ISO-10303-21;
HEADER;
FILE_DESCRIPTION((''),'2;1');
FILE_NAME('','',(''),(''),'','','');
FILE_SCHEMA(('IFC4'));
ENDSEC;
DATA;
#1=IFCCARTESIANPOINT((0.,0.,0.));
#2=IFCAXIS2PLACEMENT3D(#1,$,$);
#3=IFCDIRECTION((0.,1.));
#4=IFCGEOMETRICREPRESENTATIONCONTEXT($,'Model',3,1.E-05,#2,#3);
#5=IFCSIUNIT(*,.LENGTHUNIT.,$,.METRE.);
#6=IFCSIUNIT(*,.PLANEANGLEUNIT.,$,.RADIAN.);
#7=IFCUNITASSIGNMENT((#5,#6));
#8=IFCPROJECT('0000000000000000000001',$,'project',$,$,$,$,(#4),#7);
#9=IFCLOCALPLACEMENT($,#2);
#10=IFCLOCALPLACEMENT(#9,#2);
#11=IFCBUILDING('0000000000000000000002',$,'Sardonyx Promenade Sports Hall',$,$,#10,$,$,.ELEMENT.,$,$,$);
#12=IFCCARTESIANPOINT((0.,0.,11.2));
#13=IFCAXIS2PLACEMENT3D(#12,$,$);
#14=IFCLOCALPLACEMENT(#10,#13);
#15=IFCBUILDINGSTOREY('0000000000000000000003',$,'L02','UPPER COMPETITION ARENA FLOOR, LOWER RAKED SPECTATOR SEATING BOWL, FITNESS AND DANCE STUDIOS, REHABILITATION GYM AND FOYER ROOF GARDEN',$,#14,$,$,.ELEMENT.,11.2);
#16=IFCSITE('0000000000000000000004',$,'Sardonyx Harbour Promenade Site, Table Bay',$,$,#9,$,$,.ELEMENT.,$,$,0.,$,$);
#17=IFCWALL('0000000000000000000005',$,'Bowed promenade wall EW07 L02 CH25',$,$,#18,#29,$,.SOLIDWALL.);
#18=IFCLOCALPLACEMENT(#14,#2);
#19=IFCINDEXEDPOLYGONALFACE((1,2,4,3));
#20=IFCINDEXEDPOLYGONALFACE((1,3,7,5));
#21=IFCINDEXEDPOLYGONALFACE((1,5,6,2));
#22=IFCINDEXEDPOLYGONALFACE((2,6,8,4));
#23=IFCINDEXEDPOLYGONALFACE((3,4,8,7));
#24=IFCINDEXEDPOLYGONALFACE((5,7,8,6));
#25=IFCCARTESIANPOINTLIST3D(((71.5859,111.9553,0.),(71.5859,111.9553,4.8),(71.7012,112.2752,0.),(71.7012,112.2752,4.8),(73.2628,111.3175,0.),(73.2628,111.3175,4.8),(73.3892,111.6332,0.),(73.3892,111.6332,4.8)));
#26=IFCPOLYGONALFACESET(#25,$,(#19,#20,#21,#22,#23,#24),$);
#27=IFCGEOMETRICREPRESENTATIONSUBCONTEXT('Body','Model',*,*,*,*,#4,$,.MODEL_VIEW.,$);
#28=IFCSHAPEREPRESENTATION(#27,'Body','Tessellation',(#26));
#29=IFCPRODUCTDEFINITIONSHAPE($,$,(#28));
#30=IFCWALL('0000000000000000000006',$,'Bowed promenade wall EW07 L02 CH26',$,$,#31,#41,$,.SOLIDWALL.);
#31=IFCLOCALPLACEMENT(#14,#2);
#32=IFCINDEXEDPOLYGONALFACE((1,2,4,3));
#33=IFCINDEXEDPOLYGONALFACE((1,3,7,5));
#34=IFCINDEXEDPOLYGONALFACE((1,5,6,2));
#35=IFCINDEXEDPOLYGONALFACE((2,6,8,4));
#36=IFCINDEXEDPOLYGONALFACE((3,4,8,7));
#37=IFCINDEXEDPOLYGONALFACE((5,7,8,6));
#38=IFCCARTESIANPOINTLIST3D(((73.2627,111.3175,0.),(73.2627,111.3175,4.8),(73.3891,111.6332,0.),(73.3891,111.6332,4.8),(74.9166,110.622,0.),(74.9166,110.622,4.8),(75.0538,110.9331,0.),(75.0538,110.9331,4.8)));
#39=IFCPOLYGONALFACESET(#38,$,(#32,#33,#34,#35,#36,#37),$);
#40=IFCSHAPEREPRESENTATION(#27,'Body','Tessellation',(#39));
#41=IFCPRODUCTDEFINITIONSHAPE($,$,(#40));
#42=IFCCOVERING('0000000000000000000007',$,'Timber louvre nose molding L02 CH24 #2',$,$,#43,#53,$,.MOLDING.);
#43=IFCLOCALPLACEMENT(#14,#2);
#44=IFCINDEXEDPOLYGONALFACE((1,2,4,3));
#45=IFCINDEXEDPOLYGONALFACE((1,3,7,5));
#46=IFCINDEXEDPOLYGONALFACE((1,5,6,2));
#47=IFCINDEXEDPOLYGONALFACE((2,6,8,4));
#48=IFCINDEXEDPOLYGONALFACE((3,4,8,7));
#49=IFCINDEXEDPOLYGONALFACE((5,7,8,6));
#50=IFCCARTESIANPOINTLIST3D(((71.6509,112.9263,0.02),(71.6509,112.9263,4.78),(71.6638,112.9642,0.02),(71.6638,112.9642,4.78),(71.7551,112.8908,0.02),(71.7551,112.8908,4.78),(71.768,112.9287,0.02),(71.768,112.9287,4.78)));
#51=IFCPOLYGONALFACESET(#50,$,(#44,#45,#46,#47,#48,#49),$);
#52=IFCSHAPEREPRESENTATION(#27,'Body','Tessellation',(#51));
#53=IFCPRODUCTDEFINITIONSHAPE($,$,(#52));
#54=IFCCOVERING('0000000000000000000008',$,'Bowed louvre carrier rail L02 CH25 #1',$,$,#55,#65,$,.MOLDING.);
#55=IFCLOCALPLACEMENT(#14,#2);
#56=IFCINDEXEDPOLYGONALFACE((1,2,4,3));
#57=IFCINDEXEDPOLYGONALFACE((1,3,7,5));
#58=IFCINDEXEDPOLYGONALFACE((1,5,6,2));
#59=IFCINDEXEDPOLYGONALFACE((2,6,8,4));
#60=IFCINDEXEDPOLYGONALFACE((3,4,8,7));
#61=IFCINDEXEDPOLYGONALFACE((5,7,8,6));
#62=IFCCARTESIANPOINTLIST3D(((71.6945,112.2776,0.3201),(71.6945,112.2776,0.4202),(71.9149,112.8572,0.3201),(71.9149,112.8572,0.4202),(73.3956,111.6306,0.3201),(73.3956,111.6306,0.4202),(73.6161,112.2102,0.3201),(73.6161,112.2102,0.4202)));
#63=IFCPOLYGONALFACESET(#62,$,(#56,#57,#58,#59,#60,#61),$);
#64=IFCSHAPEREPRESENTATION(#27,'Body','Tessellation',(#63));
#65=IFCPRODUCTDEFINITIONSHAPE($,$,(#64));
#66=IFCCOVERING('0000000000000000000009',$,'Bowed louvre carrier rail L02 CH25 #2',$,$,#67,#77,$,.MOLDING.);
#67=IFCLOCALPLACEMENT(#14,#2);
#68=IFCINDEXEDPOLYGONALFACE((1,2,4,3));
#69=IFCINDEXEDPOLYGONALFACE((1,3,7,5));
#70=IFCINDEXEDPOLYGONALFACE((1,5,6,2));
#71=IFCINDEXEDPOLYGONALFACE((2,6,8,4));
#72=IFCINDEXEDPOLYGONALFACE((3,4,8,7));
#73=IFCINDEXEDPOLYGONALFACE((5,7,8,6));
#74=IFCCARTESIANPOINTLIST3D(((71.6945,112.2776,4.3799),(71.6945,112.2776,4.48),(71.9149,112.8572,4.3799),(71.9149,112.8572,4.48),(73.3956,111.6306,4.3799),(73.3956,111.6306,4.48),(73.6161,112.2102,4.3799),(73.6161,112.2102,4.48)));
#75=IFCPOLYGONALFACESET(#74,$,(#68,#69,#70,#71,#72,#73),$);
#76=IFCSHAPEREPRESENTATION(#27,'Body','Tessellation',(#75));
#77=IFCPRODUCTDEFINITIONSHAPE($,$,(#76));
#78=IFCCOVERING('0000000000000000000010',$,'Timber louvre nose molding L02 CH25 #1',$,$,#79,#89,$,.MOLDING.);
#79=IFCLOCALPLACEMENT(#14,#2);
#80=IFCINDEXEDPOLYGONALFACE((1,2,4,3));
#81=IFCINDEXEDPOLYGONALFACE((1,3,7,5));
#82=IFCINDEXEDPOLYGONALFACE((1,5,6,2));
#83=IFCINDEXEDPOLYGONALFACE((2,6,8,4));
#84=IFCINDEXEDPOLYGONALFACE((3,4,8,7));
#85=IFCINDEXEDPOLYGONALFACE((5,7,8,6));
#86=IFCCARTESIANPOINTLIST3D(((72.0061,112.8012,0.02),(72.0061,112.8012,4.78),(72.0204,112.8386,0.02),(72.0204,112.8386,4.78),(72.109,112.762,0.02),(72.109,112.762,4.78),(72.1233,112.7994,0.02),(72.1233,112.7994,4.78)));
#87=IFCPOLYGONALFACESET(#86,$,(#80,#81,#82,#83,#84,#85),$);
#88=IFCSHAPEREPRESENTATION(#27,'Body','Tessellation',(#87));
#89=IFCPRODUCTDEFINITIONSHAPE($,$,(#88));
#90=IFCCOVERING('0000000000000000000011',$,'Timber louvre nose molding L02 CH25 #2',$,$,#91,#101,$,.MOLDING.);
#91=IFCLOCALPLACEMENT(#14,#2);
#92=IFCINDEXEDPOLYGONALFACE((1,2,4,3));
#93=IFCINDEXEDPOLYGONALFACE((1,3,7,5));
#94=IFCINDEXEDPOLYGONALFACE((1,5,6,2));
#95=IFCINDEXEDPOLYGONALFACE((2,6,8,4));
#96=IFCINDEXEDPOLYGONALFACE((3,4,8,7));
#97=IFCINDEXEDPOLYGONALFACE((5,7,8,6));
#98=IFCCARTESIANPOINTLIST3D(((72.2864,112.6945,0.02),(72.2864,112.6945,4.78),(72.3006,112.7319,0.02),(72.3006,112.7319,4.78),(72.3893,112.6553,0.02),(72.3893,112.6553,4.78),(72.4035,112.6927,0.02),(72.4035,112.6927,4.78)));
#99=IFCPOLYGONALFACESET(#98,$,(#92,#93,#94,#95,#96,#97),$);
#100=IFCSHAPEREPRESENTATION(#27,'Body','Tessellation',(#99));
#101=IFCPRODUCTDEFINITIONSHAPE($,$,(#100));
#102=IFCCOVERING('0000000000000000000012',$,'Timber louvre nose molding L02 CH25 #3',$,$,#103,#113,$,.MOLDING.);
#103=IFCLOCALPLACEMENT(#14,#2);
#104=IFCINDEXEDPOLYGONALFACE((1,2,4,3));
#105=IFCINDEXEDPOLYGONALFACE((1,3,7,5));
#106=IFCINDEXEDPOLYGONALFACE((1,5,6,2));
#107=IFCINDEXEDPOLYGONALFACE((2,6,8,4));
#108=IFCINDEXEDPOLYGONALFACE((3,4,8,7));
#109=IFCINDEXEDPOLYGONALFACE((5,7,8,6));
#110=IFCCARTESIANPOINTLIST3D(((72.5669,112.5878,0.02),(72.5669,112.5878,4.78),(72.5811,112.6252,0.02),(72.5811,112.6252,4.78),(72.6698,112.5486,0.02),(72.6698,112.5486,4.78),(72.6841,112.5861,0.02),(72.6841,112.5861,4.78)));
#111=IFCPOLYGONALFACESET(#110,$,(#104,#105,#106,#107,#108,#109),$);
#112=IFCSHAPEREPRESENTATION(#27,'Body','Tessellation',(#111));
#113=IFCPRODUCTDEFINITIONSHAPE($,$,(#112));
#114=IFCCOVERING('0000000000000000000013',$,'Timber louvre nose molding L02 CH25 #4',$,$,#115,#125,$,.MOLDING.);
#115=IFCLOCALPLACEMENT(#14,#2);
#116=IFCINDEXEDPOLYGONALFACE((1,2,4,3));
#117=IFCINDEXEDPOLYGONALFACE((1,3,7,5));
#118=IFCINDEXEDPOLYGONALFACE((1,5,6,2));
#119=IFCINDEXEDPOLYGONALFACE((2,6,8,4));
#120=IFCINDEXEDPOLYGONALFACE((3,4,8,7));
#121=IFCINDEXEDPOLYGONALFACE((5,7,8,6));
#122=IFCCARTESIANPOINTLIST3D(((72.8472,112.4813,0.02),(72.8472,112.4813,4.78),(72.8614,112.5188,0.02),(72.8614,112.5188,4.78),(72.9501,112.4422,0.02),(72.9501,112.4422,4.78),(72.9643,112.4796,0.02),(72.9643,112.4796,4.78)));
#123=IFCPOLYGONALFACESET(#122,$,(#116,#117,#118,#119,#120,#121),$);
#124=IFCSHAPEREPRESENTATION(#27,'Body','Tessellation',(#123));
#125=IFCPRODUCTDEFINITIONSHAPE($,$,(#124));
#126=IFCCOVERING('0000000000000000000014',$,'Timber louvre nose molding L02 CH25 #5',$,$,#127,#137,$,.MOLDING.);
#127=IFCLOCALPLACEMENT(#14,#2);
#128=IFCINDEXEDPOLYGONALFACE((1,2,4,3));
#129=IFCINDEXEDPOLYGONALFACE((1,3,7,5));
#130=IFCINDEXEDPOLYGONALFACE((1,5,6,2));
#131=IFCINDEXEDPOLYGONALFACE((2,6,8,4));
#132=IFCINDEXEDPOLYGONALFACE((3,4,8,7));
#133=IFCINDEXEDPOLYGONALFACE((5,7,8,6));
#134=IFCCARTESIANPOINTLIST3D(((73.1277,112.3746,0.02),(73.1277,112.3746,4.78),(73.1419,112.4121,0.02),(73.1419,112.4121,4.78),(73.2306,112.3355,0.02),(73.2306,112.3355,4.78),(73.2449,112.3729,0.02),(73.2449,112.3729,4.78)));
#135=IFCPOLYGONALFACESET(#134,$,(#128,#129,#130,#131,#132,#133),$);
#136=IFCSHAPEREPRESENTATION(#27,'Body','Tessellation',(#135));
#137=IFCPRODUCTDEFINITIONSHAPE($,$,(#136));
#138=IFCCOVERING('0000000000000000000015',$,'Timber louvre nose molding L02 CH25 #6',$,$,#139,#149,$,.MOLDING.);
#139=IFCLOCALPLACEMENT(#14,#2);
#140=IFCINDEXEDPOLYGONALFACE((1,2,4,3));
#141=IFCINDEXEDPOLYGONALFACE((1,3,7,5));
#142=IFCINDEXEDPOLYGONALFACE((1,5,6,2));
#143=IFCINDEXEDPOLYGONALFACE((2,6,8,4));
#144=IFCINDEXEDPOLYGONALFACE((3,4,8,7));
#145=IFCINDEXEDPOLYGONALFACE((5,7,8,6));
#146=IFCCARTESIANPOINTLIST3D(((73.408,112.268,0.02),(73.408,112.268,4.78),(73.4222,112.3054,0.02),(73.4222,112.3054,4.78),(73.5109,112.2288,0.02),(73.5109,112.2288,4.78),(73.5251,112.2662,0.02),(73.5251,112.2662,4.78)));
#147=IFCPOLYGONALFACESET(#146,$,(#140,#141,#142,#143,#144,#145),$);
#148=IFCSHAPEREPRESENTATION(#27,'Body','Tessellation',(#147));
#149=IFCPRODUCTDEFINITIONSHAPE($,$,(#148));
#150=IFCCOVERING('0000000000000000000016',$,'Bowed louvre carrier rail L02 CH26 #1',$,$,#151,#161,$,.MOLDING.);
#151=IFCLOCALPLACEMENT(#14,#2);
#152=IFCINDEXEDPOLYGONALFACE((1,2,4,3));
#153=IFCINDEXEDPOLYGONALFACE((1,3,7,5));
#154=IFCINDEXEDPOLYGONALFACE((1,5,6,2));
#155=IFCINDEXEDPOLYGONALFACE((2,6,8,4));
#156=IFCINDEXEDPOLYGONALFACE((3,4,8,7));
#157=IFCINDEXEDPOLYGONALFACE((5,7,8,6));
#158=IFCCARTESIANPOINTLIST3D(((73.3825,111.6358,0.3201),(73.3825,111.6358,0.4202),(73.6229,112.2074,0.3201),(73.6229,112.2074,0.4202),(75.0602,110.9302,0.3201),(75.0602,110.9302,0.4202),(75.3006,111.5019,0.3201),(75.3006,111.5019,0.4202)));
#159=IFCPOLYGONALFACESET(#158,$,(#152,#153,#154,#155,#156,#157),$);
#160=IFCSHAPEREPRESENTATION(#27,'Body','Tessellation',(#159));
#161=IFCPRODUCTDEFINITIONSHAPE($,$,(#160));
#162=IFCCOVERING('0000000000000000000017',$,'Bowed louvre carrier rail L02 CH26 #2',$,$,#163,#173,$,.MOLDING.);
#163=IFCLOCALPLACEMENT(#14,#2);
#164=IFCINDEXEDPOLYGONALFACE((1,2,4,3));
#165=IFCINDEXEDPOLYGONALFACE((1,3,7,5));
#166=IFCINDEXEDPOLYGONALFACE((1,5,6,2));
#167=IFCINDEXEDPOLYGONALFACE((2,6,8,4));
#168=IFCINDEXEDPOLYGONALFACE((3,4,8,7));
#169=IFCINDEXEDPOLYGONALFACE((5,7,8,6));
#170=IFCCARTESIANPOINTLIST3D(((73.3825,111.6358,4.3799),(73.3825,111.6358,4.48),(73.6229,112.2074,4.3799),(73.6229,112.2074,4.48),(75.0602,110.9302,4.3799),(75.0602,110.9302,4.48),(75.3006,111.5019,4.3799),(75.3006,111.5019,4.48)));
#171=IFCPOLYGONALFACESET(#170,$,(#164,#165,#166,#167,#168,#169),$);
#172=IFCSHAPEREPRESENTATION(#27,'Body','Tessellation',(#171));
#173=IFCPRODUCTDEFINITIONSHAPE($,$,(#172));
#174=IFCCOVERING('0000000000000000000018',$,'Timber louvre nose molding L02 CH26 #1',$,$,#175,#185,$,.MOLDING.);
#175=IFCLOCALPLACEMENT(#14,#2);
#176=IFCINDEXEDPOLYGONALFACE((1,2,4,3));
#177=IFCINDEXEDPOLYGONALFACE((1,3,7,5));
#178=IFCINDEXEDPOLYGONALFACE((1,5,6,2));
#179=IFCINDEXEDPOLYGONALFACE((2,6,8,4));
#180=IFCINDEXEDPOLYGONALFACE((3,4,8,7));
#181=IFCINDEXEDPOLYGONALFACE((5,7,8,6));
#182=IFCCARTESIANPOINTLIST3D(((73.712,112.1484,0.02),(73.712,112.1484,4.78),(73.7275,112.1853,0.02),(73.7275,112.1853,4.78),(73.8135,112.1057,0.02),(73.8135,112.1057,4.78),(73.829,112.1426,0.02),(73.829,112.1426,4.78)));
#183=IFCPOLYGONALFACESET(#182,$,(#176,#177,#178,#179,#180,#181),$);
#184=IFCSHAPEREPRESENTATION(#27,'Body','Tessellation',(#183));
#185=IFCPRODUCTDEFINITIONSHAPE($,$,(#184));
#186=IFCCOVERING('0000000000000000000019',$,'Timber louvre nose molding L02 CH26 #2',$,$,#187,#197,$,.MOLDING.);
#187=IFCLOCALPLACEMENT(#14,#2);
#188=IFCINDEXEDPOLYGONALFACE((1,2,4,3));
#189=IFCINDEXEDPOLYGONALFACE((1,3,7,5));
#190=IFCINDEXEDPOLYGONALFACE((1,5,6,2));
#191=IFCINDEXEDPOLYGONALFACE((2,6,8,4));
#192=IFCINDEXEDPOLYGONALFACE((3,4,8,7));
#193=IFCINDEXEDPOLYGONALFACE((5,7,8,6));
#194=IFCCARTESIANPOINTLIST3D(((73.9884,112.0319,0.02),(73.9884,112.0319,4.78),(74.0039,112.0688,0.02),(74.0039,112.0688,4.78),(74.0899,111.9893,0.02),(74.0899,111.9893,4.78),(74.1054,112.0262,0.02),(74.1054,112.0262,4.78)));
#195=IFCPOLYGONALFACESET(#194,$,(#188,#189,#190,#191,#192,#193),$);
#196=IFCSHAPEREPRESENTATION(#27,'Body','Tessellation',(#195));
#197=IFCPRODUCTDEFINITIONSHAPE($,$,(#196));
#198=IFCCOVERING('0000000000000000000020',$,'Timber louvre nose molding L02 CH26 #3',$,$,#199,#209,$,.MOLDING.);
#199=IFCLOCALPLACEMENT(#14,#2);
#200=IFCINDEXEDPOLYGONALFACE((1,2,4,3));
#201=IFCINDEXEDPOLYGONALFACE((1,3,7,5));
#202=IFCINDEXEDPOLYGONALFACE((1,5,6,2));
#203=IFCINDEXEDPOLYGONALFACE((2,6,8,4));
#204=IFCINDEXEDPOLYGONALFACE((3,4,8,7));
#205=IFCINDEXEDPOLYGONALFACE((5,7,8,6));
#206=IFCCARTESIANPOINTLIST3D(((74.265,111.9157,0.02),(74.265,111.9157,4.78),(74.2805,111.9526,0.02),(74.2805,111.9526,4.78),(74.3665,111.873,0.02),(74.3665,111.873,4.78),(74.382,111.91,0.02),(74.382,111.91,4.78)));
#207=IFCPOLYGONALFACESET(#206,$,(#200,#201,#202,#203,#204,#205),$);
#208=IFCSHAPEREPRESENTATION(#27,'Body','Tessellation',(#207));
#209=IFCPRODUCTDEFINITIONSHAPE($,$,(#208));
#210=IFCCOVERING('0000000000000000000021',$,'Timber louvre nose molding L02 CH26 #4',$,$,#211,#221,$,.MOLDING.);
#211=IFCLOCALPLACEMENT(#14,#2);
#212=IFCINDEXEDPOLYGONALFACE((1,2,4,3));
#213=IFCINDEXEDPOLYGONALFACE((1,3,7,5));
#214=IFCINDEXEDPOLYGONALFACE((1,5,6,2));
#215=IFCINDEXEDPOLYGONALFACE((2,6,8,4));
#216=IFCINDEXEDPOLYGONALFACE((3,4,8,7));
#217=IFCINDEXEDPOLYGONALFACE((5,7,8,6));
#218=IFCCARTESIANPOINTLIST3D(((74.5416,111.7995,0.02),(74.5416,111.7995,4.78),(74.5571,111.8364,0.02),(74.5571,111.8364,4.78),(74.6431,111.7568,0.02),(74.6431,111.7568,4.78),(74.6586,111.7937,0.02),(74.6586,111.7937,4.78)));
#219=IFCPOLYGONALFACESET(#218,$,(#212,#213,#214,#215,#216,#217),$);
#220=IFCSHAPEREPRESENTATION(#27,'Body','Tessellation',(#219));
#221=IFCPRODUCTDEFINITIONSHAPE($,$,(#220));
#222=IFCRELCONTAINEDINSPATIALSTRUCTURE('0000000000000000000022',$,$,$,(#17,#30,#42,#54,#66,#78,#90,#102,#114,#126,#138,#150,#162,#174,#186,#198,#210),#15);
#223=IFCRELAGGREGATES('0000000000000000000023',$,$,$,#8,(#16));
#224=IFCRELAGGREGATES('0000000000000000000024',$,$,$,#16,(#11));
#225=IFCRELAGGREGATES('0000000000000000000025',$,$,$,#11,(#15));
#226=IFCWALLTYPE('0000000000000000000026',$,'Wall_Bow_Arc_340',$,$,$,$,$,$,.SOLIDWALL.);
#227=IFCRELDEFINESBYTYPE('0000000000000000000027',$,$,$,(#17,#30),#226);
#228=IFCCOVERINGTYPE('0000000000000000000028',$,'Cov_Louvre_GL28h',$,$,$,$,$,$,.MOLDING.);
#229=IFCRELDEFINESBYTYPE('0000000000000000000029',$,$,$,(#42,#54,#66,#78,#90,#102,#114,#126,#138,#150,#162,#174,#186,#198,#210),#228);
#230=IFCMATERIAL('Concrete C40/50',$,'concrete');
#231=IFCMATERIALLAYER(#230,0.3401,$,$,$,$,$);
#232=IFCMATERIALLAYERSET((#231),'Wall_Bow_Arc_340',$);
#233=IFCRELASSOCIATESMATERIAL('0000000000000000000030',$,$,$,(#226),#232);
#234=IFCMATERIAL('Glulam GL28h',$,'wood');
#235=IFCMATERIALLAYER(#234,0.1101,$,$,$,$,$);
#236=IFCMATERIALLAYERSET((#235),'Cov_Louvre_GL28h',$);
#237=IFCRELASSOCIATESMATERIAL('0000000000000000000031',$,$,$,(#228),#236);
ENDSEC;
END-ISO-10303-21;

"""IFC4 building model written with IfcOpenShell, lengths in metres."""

from ifc_helpers import new_model, si_unit, direction, frame, origin, origin_2d, place, context, subcontext, project, spatial, polyline, rectangle, outline, extrude, material, layer, layer_set, type_object, element, save


model = new_model("IFC4")

# Units and contexts
model_context = context("Model", 3, precision=1e-05, world=origin(), true_north=direction((0.0, 1.0)))
body_context = subcontext(model_context, "Body", "Model", "MODEL_VIEW")
ifc_project = project(units=[si_unit("LENGTHUNIT", "METRE"), si_unit("PLANEANGLEUNIT", "RADIAN")], contexts=[model_context])

# Site, building, storey
site_placement = place(None, origin())
site = spatial("IfcSite", under=ifc_project, at=site_placement, Name="Sardonyx Harbour Promenade Site, Table Bay", CompositionType="ELEMENT", RefElevation=0.0)
building_placement = place(site_placement, origin())
building = spatial("IfcBuilding", under=site, at=building_placement, Name="Sardonyx Promenade Sports Hall", CompositionType="ELEMENT")
storey_placement = place(building_placement, frame((0.0, 0.0, 11.2)))
storey = spatial("IfcBuildingStorey", under=building, at=storey_placement, Name="L02", Description="UPPER COMPETITION ARENA FLOOR, LOWER RAKED SPECTATOR SEATING BOWL, FITNESS AND DANCE STUDIOS, REHABILITATION GYM AND FOYER ROOF GARDEN", CompositionType="ELEMENT", Elevation=11.2)

# Walls
ifc_material_1 = material(Name="Concrete C40/50", Category="concrete")
ifc_layer_1 = layer(ifc_material_1, 0.3401)
ifc_layer_set_1 = layer_set([ifc_layer_1], Name="Wall_Bow_Arc_340")
wall_type = type_object("IfcWallType", Name="Wall_Bow_Arc_340", PredefinedType="SOLIDWALL", material=ifc_layer_set_1)
wall_1_placement = place(storey_placement, frame((71.6436, 112.1152, 0.0), z_axis=(0.0, 0.0, 1.0), x_axis=(0.934675, -0.355505, 0.0)))
element("IfcWall", 1, at=wall_1_placement, inside=storey, type_object=wall_type, Name="Bowed promenade wall EW07 L02 CH25", PredefinedType="SOLIDWALL", context=body_context, shape_type="SweptSolid", body=[
    extrude(outline(polyline([(0.0029, -0.17), (1.7971, -0.17), (1.8029, 0.17), (-0.0029, 0.17), (0.0029, -0.17)])), origin(), (0.0, 0.0, 1.0), 4.8),
])
wall_2_placement = place(storey_placement, frame((73.3259, 111.4753, 0.0), z_axis=(0.0, 0.0, 1.0), x_axis=(0.921804, -0.387657, 0.0)))
element("IfcWall", 2, at=wall_2_placement, inside=storey, type_object=wall_type, Name="Bowed promenade wall EW07 L02 CH26", PredefinedType="SOLIDWALL", context=body_context, shape_type="SweptSolid", body=[
    extrude(outline(polyline([(0.0029, -0.17), (1.7971, -0.17), (1.8029, 0.17), (-0.0029, 0.17), (0.0029, -0.17)])), origin(), (0.0, 0.0, 1.0), 4.8),
])

# Coverings
ifc_material_2 = material(Name="Glulam GL28h", Category="wood")
ifc_layer_2 = layer(ifc_material_2, 0.1101)
ifc_layer_set_2 = layer_set([ifc_layer_2], Name="Cov_Louvre_GL28h")
covering_type = type_object("IfcCoveringType", Name="Cov_Louvre_GL28h", PredefinedType="MOLDING", material=ifc_layer_set_2)
covering_placement = place(storey_placement, frame((71.7095, 112.9275, 0.02), z_axis=(0.0, 0.0, 1.0), x_axis=(0.946411, -0.322966, 0.0)))
element("IfcCovering", 3, at=covering_placement, inside=storey, type_object=covering_type, Name="Timber louvre nose molding L02 CH24 #2", PredefinedType="MOLDING", context=body_context, shape_type="SweptSolid", body=[
    extrude(rectangle(XDim=0.1101, YDim=0.04, at=origin_2d()), origin(), (0.0, 0.0, 1.0), 4.76),
])
for number, where, z_axis, x_axis, name in (
    (4, (72.6553, 112.2439, 0.3201), (0.0, 0.0, 1.0), (0.934666, -0.355528, 0.0), "Bowed louvre carrier rail L02 CH25 #1"),
    (5, (72.6553, 112.2439, 4.3799), (0.0, 0.0, 1.0), (0.934666, -0.355528, 0.0), "Bowed louvre carrier rail L02 CH25 #2"),
):
    element("IfcCovering", number, at=place(storey_placement, frame(where, z_axis=z_axis, x_axis=x_axis)), inside=storey, type_object=covering_type, Name=name, PredefinedType="MOLDING", context=body_context, shape_type="SweptSolid", body=[
        extrude(rectangle(XDim=1.8201, YDim=0.6201, at=origin_2d()), origin(), (0.0, 0.0, 1.0), 0.1001),
    ])
for number, where, z_axis, x_axis, name in (
    (6, (72.0647, 112.8003, 0.02), (0.0, 0.0, 1.0), (0.934666, -0.355528, 0.0), "Timber louvre nose molding L02 CH25 #1"),
    (7, (72.345, 112.6936, 0.02), (0.0, 0.0, 1.0), (0.934666, -0.355528, 0.0), "Timber louvre nose molding L02 CH25 #2"),
    (8, (72.6255, 112.5869, 0.02), (0.0, 0.0, 1.0), (0.934666, -0.355528, 0.0), "Timber louvre nose molding L02 CH25 #3"),
    (9, (72.9058, 112.4805, 0.02), (0.0, 0.0, 1.0), (0.934666, -0.355528, 0.0), "Timber louvre nose molding L02 CH25 #4"),
    (10, (73.1863, 112.3738, 0.02), (0.0, 0.0, 1.0), (0.934666, -0.355528, 0.0), "Timber louvre nose molding L02 CH25 #5"),
    (11, (73.4666, 112.2671, 0.02), (0.0, 0.0, 1.0), (0.934666, -0.355528, 0.0), "Timber louvre nose molding L02 CH25 #6"),
):
    element("IfcCovering", number, at=place(storey_placement, frame(where, z_axis=z_axis, x_axis=x_axis)), inside=storey, type_object=covering_type, Name=name, PredefinedType="MOLDING", context=body_context, shape_type="SweptSolid", body=[
        extrude(rectangle(XDim=0.1101, YDim=0.04, at=origin_2d()), origin(), (0.0, 0.0, 1.0), 4.76),
    ])
for number, where, z_axis, x_axis, name in (
    (12, (74.3416, 111.5688, 0.3201), (0.0, 0.0, 1.0), (0.9218, -0.387665, 0.0), "Bowed louvre carrier rail L02 CH26 #1"),
    (13, (74.3416, 111.5688, 4.3799), (0.0, 0.0, 1.0), (0.9218, -0.387665, 0.0), "Bowed louvre carrier rail L02 CH26 #2"),
):
    element("IfcCovering", number, at=place(storey_placement, frame(where, z_axis=z_axis, x_axis=x_axis)), inside=storey, type_object=covering_type, Name=name, PredefinedType="MOLDING", context=body_context, shape_type="SweptSolid", body=[
        extrude(rectangle(XDim=1.8201, YDim=0.6201, at=origin_2d()), origin(), (0.0, 0.0, 1.0), 0.1001),
    ])
for number, where, z_axis, x_axis, name in (
    (14, (73.7705, 112.1455, 0.02), (0.0, 0.0, 1.0), (0.9218, -0.387665, 0.0), "Timber louvre nose molding L02 CH26 #1"),
    (15, (74.0469, 112.0291, 0.02), (0.0, 0.0, 1.0), (0.9218, -0.387665, 0.0), "Timber louvre nose molding L02 CH26 #2"),
    (16, (74.3235, 111.9128, 0.02), (0.0, 0.0, 1.0), (0.9218, -0.387665, 0.0), "Timber louvre nose molding L02 CH26 #3"),
    (17, (74.6001, 111.7966, 0.02), (0.0, 0.0, 1.0), (0.9218, -0.387665, 0.0), "Timber louvre nose molding L02 CH26 #4"),
):
    element("IfcCovering", number, at=place(storey_placement, frame(where, z_axis=z_axis, x_axis=x_axis)), inside=storey, type_object=covering_type, Name=name, PredefinedType="MOLDING", context=body_context, shape_type="SweptSolid", body=[
        extrude(rectangle(XDim=0.1101, YDim=0.04, at=origin_2d()), origin(), (0.0, 0.0, 1.0), 4.76),
    ])

save(model, "model.ifc")
